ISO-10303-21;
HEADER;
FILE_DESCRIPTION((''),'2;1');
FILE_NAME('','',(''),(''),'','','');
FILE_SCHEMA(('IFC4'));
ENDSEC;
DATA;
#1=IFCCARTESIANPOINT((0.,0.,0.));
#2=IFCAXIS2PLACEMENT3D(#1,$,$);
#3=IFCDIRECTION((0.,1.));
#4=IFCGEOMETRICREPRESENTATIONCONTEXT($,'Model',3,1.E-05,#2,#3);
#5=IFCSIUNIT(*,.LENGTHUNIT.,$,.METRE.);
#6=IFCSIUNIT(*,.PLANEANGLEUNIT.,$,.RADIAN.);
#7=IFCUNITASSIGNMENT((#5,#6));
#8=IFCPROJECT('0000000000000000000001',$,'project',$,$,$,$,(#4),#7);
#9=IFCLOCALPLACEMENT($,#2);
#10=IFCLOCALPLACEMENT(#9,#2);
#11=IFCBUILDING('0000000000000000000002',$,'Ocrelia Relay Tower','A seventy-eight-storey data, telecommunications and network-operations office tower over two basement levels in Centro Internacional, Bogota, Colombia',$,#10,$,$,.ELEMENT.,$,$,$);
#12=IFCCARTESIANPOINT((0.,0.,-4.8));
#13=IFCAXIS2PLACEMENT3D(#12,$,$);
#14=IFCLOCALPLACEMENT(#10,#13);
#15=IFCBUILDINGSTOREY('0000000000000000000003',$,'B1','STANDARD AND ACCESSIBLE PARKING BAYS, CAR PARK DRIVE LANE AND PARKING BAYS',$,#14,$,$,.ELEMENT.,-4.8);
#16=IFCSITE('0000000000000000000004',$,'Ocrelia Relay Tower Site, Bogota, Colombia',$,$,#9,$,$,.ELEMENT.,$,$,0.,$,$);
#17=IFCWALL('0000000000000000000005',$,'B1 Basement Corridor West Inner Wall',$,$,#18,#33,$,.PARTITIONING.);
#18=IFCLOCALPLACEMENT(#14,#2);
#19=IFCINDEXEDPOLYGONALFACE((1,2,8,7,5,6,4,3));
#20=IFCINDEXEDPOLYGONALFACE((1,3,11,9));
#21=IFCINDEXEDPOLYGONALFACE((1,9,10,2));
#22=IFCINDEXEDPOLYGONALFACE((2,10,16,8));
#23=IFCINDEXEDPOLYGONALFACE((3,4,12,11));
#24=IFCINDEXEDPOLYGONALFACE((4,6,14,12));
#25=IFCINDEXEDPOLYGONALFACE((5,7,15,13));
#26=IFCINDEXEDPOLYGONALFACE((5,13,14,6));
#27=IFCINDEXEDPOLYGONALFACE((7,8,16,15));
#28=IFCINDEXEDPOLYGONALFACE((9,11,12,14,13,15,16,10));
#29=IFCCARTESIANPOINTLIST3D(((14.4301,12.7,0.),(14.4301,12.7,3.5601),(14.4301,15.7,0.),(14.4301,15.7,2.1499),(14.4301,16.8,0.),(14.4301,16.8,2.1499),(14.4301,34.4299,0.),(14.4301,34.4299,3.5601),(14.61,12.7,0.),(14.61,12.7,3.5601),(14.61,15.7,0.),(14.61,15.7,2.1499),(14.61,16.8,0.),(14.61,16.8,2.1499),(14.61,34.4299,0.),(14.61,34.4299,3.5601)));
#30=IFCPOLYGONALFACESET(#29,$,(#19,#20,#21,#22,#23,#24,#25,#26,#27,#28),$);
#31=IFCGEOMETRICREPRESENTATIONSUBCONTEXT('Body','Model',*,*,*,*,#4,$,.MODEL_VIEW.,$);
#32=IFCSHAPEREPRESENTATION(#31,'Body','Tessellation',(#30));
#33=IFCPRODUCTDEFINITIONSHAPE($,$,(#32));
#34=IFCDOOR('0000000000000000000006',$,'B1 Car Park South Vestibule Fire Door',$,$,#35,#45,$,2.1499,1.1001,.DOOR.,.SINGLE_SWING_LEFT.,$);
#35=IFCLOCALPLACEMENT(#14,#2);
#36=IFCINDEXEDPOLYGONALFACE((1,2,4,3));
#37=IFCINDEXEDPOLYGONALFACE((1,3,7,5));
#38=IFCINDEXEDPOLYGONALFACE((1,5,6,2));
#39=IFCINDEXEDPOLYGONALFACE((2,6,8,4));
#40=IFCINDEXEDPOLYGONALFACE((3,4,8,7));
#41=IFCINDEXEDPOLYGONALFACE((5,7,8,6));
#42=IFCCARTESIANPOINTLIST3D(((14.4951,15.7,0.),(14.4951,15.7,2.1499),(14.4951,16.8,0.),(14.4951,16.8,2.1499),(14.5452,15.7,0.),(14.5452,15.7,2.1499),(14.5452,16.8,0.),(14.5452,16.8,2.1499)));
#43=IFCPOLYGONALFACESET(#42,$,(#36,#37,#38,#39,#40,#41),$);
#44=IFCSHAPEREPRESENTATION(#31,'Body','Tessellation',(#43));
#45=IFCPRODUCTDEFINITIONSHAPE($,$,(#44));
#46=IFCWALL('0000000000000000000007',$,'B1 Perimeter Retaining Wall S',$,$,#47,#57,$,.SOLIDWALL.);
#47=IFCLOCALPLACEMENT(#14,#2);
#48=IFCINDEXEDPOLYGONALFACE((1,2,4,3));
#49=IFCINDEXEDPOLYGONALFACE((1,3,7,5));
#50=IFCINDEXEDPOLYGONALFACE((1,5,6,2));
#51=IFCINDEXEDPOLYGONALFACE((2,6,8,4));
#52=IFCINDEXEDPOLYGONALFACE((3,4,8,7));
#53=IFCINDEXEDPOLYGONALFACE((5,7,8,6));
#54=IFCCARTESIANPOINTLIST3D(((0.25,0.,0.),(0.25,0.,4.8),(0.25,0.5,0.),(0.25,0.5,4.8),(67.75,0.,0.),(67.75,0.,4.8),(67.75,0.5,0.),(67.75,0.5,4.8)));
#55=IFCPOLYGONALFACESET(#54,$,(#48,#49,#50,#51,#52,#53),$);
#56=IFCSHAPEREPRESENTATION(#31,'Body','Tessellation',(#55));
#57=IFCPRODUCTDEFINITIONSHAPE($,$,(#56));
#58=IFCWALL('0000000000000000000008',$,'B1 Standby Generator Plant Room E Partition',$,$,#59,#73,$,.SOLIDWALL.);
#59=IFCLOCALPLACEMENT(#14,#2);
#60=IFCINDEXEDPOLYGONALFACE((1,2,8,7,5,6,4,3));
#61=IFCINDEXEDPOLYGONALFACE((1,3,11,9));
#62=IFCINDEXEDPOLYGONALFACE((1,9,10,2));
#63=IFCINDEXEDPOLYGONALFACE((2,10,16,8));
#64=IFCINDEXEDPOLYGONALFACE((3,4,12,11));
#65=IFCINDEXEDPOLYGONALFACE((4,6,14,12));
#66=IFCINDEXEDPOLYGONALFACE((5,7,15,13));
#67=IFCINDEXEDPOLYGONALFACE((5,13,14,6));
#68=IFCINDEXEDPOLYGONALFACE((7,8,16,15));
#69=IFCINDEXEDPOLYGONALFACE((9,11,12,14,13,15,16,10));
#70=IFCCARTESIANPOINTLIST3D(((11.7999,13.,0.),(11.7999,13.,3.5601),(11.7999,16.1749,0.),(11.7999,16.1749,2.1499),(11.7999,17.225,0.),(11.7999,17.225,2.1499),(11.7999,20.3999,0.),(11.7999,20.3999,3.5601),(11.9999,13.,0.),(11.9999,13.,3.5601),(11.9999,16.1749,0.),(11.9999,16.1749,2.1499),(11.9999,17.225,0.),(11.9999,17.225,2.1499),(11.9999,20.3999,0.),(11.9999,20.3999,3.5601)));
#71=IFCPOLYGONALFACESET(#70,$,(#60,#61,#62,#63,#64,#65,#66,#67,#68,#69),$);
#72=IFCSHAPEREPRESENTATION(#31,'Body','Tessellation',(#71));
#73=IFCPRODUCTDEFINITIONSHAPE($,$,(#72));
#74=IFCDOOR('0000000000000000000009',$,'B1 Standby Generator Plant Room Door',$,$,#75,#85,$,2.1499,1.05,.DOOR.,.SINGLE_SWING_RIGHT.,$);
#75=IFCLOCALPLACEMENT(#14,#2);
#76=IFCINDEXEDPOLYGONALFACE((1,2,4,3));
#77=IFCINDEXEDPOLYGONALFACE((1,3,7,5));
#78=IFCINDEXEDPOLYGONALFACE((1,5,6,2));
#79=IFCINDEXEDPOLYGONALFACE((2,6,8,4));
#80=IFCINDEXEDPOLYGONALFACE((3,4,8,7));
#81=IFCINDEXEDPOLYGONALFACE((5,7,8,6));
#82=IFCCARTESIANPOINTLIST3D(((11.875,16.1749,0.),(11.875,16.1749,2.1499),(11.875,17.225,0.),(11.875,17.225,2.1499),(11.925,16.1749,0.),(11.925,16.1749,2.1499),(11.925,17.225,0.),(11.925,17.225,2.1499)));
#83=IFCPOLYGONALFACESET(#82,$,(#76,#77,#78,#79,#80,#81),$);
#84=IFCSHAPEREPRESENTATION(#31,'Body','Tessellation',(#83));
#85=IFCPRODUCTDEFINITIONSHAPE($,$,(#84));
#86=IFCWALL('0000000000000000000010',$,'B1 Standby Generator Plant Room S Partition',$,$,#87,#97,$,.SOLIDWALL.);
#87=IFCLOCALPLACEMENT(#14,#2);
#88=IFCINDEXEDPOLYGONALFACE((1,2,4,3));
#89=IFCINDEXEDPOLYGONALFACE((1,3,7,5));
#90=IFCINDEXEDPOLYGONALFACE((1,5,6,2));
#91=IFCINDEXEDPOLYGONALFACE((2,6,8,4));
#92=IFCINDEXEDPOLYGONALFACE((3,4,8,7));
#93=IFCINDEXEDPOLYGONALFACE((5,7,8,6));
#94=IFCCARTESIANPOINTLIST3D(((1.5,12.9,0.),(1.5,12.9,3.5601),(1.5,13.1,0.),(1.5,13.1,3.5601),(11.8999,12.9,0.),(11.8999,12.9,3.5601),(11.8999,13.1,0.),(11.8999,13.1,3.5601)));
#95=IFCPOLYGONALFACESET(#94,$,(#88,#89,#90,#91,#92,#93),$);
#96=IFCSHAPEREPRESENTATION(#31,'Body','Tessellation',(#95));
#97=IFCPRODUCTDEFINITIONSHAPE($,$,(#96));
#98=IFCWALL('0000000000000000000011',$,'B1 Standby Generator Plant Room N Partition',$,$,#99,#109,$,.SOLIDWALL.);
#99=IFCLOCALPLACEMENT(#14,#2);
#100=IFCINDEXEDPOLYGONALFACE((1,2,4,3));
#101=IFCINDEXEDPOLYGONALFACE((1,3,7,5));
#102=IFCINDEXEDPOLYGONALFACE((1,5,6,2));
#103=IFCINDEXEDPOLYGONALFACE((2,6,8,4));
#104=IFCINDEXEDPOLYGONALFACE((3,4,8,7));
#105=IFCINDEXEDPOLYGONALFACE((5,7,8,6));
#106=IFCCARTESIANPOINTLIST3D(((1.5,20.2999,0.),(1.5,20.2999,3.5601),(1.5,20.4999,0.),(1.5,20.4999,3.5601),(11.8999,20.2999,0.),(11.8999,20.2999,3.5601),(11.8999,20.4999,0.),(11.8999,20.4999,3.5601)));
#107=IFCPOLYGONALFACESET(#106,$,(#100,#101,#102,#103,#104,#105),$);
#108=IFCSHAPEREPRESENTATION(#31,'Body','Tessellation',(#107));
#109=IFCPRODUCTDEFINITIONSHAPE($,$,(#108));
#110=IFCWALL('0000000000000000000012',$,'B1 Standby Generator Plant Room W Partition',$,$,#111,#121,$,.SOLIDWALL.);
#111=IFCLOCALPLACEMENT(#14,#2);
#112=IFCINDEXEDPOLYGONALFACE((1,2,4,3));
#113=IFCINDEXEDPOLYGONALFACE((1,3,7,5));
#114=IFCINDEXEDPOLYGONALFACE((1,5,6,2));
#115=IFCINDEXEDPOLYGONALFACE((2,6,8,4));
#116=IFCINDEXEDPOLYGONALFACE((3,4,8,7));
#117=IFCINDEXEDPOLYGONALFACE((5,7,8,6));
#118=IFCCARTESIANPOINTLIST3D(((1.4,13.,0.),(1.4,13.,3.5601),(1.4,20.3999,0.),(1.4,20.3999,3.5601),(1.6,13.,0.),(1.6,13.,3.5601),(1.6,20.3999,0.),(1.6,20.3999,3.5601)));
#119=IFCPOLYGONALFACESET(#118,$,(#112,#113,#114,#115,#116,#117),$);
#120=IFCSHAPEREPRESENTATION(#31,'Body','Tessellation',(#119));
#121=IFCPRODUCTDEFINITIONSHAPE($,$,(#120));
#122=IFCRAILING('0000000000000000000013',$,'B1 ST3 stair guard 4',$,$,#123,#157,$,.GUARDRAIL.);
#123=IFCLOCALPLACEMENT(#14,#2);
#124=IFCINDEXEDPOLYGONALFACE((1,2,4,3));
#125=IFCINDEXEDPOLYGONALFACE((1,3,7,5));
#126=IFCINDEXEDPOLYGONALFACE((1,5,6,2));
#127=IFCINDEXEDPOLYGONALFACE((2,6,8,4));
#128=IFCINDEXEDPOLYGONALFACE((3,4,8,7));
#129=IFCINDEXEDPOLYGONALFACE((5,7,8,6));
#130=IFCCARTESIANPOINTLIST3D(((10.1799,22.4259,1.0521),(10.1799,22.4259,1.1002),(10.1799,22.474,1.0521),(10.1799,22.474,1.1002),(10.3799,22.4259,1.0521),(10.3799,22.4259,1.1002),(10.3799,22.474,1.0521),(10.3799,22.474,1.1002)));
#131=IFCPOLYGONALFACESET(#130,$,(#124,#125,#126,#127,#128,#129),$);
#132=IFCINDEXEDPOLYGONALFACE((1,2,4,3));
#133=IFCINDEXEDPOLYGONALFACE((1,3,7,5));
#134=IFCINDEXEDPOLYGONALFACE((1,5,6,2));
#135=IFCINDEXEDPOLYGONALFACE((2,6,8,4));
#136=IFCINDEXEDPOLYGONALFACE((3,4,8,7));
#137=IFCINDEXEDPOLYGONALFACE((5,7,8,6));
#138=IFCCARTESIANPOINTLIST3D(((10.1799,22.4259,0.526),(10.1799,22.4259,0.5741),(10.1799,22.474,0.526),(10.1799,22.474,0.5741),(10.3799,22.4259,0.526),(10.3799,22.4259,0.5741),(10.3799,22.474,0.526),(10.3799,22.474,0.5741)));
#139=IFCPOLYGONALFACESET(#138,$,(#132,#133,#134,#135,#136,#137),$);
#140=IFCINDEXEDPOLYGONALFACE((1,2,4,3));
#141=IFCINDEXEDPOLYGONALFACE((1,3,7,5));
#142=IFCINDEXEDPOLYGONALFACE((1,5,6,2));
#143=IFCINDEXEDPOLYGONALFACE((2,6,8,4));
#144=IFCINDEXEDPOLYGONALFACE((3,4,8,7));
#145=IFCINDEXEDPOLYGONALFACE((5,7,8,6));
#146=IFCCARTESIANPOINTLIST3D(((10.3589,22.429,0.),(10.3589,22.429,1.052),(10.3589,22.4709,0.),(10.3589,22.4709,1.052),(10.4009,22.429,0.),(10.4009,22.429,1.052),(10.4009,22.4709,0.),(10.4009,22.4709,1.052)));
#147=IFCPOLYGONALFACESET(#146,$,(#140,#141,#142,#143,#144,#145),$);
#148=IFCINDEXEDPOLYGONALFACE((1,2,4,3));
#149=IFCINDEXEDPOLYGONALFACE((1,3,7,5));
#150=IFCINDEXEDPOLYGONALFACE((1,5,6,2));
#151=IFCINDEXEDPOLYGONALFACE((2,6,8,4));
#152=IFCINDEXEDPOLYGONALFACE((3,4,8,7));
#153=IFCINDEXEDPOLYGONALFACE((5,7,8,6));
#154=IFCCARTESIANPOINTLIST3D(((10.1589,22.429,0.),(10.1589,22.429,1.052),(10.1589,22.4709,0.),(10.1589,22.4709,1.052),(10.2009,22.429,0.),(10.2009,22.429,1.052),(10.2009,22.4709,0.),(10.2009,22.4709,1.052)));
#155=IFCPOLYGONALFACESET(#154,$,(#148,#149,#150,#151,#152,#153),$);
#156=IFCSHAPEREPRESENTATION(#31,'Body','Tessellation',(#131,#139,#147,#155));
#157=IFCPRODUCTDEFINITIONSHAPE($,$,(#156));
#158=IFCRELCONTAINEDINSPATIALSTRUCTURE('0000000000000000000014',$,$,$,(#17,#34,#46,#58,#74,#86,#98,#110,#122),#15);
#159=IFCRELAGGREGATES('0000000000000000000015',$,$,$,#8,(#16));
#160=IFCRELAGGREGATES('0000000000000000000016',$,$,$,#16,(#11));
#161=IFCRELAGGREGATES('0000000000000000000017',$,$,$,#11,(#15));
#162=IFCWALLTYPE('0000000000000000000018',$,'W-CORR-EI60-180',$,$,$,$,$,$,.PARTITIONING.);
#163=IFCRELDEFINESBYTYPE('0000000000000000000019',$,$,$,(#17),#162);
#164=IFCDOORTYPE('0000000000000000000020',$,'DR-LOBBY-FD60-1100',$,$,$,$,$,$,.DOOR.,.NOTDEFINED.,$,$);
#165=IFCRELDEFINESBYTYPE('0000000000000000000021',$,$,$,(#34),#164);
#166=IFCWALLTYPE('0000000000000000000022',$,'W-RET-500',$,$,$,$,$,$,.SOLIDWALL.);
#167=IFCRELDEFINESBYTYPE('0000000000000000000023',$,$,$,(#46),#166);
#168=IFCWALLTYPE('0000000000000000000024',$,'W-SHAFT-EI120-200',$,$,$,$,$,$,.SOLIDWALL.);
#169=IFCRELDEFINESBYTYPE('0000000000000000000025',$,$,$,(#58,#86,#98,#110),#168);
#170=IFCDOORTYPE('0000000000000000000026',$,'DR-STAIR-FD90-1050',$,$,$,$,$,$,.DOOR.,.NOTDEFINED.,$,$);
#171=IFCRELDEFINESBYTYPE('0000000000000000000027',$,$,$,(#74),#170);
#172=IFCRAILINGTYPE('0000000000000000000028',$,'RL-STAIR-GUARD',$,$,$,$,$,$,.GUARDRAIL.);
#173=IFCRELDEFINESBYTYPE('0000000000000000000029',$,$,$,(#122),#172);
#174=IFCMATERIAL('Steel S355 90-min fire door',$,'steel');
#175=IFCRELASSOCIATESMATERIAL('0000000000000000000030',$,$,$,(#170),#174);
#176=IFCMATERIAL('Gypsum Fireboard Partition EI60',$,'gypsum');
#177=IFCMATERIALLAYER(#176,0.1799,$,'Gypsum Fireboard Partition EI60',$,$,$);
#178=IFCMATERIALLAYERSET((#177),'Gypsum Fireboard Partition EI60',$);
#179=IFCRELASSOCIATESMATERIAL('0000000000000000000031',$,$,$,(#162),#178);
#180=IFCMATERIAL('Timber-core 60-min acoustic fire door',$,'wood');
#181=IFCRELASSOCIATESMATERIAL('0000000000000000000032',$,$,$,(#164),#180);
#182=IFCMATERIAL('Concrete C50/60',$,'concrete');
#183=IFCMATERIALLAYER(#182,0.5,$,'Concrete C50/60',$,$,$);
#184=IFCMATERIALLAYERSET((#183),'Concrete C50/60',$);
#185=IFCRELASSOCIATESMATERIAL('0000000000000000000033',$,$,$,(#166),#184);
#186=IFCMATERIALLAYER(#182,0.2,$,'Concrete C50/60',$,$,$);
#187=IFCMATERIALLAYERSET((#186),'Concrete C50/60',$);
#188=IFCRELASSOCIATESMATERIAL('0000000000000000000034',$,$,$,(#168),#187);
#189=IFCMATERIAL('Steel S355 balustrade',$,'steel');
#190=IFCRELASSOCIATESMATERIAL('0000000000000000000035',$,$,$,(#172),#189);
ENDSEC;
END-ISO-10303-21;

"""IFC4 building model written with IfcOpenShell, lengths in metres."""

from ifc_helpers import new_model, si_unit, direction, frame, frame_2d, origin, origin_2d, place, context, subcontext, project, spatial, rectangle, extrude, material, layer, layer_set, type_object, element, fill, save


model = new_model("IFC4")

# Units and contexts
model_context = context("Model", 3, precision=1e-05, world=origin(), true_north=direction((0.0, 1.0)))
body_context = subcontext(model_context, "Body", "Model", "MODEL_VIEW")
ifc_project = project(units=[si_unit("LENGTHUNIT", "METRE"), si_unit("PLANEANGLEUNIT", "RADIAN")], contexts=[model_context])

# Site, building, storey
site_placement = place(None, origin())
site = spatial("IfcSite", under=ifc_project, at=site_placement, Name="Ocrelia Relay Tower Site, Bogota, Colombia", CompositionType="ELEMENT", RefElevation=0.0)
building_placement = place(site_placement, origin())
building = spatial("IfcBuilding", under=site, at=building_placement, Name="Ocrelia Relay Tower", Description="A seventy-eight-storey data, telecommunications and network-operations office tower over two basement levels in Centro Internacional, Bogota, Colombia", CompositionType="ELEMENT")
storey_placement = place(building_placement, frame((0.0, 0.0, -4.8)))
storey = spatial("IfcBuildingStorey", under=building, at=storey_placement, Name="B1", Description="STANDARD AND ACCESSIBLE PARKING BAYS, CAR PARK DRIVE LANE AND PARKING BAYS", CompositionType="ELEMENT", Elevation=-4.8)

# Shared definitions
ifc_material_1 = material(Name="Concrete C50/60", Category="concrete")

# Wall, opening, door
ifc_material_2 = material(Name="Steel S355 90-min fire door", Category="steel")
door_type_1 = type_object("IfcDoorType", Name="DR-STAIR-FD90-1050", OperationType="NOTDEFINED", PredefinedType="DOOR", material=ifc_material_2)
ifc_material_3 = material(Name="Gypsum Fireboard Partition EI60", Category="gypsum")
ifc_layer_1 = layer(ifc_material_3, 0.1799, Name="Gypsum Fireboard Partition EI60")
ifc_layer_set_1 = layer_set([ifc_layer_1], Name="Gypsum Fireboard Partition EI60")
wall_type_1 = type_object("IfcWallType", Name="W-CORR-EI60-180", PredefinedType="PARTITIONING", material=ifc_layer_set_1)
wall_1_placement = place(storey_placement, frame((14.52, 12.7, 0.0), z_axis=(0.0, 0.0, 1.0), x_axis=(0.0, 1.0, 0.0)))
wall_1 = element("IfcWall", 1, at=wall_1_placement, inside=storey, type_object=wall_type_1, Name="B1 Basement Corridor West Inner Wall", PredefinedType="PARTITIONING", context=body_context, shape_type="SweptSolid", body=[
    extrude(rectangle(XDim=21.73, YDim=0.1799, at=frame_2d((10.865, 0.0))), origin(), (0.0, 0.0, 1.0), 3.5601),
])
opening_1_placement = place(wall_1_placement, frame((3.0, 0.0, 0.0)))
opening_1 = element("IfcOpeningElement", 2, at=opening_1_placement, cuts=wall_1, PredefinedType="OPENING", context=body_context, shape_type="SweptSolid", body=[
    extrude(rectangle(XDim=1.1001, YDim=2.1499, at=frame_2d((0.55, 1.075))), frame((0.0, 0.1001, 0.0), z_axis=(0.0, -1.0, 0.0), x_axis=(1.0, 0.0, 0.0)), (0.0, 0.0, 1.0), 0.2),
])
ifc_material_4 = material(Name="Timber-core 60-min acoustic fire door", Category="wood")
door_type_2 = type_object("IfcDoorType", Name="DR-LOBBY-FD60-1100", OperationType="NOTDEFINED", PredefinedType="DOOR", material=ifc_material_4)
door_1_placement = place(opening_1_placement, origin())
door_1 = element("IfcDoor", 3, at=door_1_placement, inside=storey, type_object=door_type_2, Name="B1 Car Park South Vestibule Fire Door", OperationType="SINGLE_SWING_LEFT", OverallHeight=2.1499, OverallWidth=1.1001, PredefinedType="DOOR", context=body_context, shape_type="SweptSolid", body=[
    extrude(rectangle(XDim=1.1001, YDim=2.1499, at=frame_2d((0.55, 1.075))), frame((0.0, 0.0249, 0.0), z_axis=(0.0, -1.0, 0.0), x_axis=(1.0, 0.0, 0.0)), (0.0, 0.0, 1.0), 0.05),
])
fill(opening_1, door_1)

# Wall
ifc_layer_2 = layer(ifc_material_1, 0.5, Name="Concrete C50/60")
ifc_layer_set_2 = layer_set([ifc_layer_2], Name="Concrete C50/60")
wall_type_2 = type_object("IfcWallType", Name="W-RET-500", PredefinedType="SOLIDWALL", material=ifc_layer_set_2)
wall_2_placement = place(storey_placement, frame((0.25, 0.25, 0.0), z_axis=(0.0, 0.0, 1.0), x_axis=(1.0, 0.0, 0.0)))
element("IfcWall", 4, at=wall_2_placement, inside=storey, type_object=wall_type_2, Name="B1 Perimeter Retaining Wall S", PredefinedType="SOLIDWALL", context=body_context, shape_type="SweptSolid", body=[
    extrude(rectangle(XDim=67.5, YDim=0.5, at=frame_2d((33.75, 0.0))), origin(), (0.0, 0.0, 1.0), 4.8),
])

# Wall, opening, door
ifc_layer_3 = layer(ifc_material_1, 0.2, Name="Concrete C50/60")
ifc_layer_set_3 = layer_set([ifc_layer_3], Name="Concrete C50/60")
wall_type_3 = type_object("IfcWallType", Name="W-SHAFT-EI120-200", PredefinedType="SOLIDWALL", material=ifc_layer_set_3)
wall_3_placement = place(storey_placement, frame((11.8999, 13.0, 0.0), z_axis=(0.0, 0.0, 1.0), x_axis=(0.0, 1.0, 0.0)))
wall_3 = element("IfcWall", 5, at=wall_3_placement, inside=storey, type_object=wall_type_3, Name="B1 Standby Generator Plant Room E Partition", PredefinedType="SOLIDWALL", context=body_context, shape_type="SweptSolid", body=[
    extrude(rectangle(XDim=7.3999, YDim=0.2, at=frame_2d((3.7, 0.0))), origin(), (0.0, 0.0, 1.0), 3.5601),
])
opening_2_placement = place(wall_3_placement, frame((3.175, 0.0, 0.0)))
opening_2 = element("IfcOpeningElement", 6, at=opening_2_placement, cuts=wall_3, PredefinedType="OPENING", context=body_context, shape_type="SweptSolid", body=[
    extrude(rectangle(XDim=1.05, YDim=2.1499, at=frame_2d((0.5249, 1.075))), frame((0.0, 0.1099, 0.0), z_axis=(0.0, -1.0, 0.0), x_axis=(1.0, 0.0, 0.0)), (0.0, 0.0, 1.0), 0.22),
])
door_2_placement = place(opening_2_placement, origin())
door_2 = element("IfcDoor", 7, at=door_2_placement, inside=storey, type_object=door_type_1, Name="B1 Standby Generator Plant Room Door", OperationType="SINGLE_SWING_RIGHT", OverallHeight=2.1499, OverallWidth=1.05, PredefinedType="DOOR", context=body_context, shape_type="SweptSolid", body=[
    extrude(rectangle(XDim=1.05, YDim=2.1499, at=frame_2d((0.5249, 1.075))), frame((0.0, 0.0249, 0.0), z_axis=(0.0, -1.0, 0.0), x_axis=(1.0, 0.0, 0.0)), (0.0, 0.0, 1.0), 0.05),
])
fill(opening_2, door_2)

# Walls
for number, where, z_axis, x_axis, name in (
    (8, (1.5, 13.0, 0.0), (0.0, 0.0, 1.0), (1.0, 0.0, 0.0), "B1 Standby Generator Plant Room S Partition"),
    (9, (11.8999, 20.3999, 0.0), (0.0, 0.0, 1.0), (-1.0, 0.0, 0.0), "B1 Standby Generator Plant Room N Partition"),
):
    element("IfcWall", number, at=place(storey_placement, frame(where, z_axis=z_axis, x_axis=x_axis)), inside=storey, type_object=wall_type_3, Name=name, PredefinedType="SOLIDWALL", context=body_context, shape_type="SweptSolid", body=[
        extrude(rectangle(XDim=10.3999, YDim=0.2, at=frame_2d((5.2, 0.0))), origin(), (0.0, 0.0, 1.0), 3.5601),
    ])
wall_4_placement = place(storey_placement, frame((1.5, 20.3999, 0.0), z_axis=(0.0, 0.0, 1.0), x_axis=(0.0, -1.0, 0.0)))
element("IfcWall", 10, at=wall_4_placement, inside=storey, type_object=wall_type_3, Name="B1 Standby Generator Plant Room W Partition", PredefinedType="SOLIDWALL", context=body_context, shape_type="SweptSolid", body=[
    extrude(rectangle(XDim=7.3999, YDim=0.2, at=frame_2d((3.7, 0.0))), origin(), (0.0, 0.0, 1.0), 3.5601),
])

# Railing
ifc_material_5 = material(Name="Steel S355 balustrade", Category="steel")
railing_type = type_object("IfcRailingType", Name="RL-STAIR-GUARD", PredefinedType="GUARDRAIL", material=ifc_material_5)
railing_placement = place(storey_placement, frame((10.3799, 22.45, 0.0)))
element("IfcRailing", 11, at=railing_placement, inside=storey, type_object=railing_type, Name="B1 ST3 stair guard 4", PredefinedType="GUARDRAIL", context=body_context, shape_type="SweptSolid", body=[
    extrude(rectangle(XDim=0.0481, YDim=0.0481, at=origin_2d()), frame((0.0, 0.0, 1.0762), z_axis=(-1.0, 0.0, 0.0), x_axis=(0.0, -1.0, 0.0)), (0.0, 0.0, 1.0), 0.2),
    extrude(rectangle(XDim=0.0481, YDim=0.0481, at=origin_2d()), frame((0.0, 0.0, 0.55), z_axis=(-1.0, 0.0, 0.0), x_axis=(0.0, -1.0, 0.0)), (0.0, 0.0, 1.0), 0.2),
    extrude(rectangle(XDim=0.042, YDim=0.042, at=origin_2d()), origin(), (0.0, 0.0, 1.0), 1.052),
    extrude(rectangle(XDim=0.042, YDim=0.042, at=origin_2d()), frame((-0.2, 0.0, 0.0)), (0.0, 0.0, 1.0), 1.052),
])

save(model, "model.ifc")
